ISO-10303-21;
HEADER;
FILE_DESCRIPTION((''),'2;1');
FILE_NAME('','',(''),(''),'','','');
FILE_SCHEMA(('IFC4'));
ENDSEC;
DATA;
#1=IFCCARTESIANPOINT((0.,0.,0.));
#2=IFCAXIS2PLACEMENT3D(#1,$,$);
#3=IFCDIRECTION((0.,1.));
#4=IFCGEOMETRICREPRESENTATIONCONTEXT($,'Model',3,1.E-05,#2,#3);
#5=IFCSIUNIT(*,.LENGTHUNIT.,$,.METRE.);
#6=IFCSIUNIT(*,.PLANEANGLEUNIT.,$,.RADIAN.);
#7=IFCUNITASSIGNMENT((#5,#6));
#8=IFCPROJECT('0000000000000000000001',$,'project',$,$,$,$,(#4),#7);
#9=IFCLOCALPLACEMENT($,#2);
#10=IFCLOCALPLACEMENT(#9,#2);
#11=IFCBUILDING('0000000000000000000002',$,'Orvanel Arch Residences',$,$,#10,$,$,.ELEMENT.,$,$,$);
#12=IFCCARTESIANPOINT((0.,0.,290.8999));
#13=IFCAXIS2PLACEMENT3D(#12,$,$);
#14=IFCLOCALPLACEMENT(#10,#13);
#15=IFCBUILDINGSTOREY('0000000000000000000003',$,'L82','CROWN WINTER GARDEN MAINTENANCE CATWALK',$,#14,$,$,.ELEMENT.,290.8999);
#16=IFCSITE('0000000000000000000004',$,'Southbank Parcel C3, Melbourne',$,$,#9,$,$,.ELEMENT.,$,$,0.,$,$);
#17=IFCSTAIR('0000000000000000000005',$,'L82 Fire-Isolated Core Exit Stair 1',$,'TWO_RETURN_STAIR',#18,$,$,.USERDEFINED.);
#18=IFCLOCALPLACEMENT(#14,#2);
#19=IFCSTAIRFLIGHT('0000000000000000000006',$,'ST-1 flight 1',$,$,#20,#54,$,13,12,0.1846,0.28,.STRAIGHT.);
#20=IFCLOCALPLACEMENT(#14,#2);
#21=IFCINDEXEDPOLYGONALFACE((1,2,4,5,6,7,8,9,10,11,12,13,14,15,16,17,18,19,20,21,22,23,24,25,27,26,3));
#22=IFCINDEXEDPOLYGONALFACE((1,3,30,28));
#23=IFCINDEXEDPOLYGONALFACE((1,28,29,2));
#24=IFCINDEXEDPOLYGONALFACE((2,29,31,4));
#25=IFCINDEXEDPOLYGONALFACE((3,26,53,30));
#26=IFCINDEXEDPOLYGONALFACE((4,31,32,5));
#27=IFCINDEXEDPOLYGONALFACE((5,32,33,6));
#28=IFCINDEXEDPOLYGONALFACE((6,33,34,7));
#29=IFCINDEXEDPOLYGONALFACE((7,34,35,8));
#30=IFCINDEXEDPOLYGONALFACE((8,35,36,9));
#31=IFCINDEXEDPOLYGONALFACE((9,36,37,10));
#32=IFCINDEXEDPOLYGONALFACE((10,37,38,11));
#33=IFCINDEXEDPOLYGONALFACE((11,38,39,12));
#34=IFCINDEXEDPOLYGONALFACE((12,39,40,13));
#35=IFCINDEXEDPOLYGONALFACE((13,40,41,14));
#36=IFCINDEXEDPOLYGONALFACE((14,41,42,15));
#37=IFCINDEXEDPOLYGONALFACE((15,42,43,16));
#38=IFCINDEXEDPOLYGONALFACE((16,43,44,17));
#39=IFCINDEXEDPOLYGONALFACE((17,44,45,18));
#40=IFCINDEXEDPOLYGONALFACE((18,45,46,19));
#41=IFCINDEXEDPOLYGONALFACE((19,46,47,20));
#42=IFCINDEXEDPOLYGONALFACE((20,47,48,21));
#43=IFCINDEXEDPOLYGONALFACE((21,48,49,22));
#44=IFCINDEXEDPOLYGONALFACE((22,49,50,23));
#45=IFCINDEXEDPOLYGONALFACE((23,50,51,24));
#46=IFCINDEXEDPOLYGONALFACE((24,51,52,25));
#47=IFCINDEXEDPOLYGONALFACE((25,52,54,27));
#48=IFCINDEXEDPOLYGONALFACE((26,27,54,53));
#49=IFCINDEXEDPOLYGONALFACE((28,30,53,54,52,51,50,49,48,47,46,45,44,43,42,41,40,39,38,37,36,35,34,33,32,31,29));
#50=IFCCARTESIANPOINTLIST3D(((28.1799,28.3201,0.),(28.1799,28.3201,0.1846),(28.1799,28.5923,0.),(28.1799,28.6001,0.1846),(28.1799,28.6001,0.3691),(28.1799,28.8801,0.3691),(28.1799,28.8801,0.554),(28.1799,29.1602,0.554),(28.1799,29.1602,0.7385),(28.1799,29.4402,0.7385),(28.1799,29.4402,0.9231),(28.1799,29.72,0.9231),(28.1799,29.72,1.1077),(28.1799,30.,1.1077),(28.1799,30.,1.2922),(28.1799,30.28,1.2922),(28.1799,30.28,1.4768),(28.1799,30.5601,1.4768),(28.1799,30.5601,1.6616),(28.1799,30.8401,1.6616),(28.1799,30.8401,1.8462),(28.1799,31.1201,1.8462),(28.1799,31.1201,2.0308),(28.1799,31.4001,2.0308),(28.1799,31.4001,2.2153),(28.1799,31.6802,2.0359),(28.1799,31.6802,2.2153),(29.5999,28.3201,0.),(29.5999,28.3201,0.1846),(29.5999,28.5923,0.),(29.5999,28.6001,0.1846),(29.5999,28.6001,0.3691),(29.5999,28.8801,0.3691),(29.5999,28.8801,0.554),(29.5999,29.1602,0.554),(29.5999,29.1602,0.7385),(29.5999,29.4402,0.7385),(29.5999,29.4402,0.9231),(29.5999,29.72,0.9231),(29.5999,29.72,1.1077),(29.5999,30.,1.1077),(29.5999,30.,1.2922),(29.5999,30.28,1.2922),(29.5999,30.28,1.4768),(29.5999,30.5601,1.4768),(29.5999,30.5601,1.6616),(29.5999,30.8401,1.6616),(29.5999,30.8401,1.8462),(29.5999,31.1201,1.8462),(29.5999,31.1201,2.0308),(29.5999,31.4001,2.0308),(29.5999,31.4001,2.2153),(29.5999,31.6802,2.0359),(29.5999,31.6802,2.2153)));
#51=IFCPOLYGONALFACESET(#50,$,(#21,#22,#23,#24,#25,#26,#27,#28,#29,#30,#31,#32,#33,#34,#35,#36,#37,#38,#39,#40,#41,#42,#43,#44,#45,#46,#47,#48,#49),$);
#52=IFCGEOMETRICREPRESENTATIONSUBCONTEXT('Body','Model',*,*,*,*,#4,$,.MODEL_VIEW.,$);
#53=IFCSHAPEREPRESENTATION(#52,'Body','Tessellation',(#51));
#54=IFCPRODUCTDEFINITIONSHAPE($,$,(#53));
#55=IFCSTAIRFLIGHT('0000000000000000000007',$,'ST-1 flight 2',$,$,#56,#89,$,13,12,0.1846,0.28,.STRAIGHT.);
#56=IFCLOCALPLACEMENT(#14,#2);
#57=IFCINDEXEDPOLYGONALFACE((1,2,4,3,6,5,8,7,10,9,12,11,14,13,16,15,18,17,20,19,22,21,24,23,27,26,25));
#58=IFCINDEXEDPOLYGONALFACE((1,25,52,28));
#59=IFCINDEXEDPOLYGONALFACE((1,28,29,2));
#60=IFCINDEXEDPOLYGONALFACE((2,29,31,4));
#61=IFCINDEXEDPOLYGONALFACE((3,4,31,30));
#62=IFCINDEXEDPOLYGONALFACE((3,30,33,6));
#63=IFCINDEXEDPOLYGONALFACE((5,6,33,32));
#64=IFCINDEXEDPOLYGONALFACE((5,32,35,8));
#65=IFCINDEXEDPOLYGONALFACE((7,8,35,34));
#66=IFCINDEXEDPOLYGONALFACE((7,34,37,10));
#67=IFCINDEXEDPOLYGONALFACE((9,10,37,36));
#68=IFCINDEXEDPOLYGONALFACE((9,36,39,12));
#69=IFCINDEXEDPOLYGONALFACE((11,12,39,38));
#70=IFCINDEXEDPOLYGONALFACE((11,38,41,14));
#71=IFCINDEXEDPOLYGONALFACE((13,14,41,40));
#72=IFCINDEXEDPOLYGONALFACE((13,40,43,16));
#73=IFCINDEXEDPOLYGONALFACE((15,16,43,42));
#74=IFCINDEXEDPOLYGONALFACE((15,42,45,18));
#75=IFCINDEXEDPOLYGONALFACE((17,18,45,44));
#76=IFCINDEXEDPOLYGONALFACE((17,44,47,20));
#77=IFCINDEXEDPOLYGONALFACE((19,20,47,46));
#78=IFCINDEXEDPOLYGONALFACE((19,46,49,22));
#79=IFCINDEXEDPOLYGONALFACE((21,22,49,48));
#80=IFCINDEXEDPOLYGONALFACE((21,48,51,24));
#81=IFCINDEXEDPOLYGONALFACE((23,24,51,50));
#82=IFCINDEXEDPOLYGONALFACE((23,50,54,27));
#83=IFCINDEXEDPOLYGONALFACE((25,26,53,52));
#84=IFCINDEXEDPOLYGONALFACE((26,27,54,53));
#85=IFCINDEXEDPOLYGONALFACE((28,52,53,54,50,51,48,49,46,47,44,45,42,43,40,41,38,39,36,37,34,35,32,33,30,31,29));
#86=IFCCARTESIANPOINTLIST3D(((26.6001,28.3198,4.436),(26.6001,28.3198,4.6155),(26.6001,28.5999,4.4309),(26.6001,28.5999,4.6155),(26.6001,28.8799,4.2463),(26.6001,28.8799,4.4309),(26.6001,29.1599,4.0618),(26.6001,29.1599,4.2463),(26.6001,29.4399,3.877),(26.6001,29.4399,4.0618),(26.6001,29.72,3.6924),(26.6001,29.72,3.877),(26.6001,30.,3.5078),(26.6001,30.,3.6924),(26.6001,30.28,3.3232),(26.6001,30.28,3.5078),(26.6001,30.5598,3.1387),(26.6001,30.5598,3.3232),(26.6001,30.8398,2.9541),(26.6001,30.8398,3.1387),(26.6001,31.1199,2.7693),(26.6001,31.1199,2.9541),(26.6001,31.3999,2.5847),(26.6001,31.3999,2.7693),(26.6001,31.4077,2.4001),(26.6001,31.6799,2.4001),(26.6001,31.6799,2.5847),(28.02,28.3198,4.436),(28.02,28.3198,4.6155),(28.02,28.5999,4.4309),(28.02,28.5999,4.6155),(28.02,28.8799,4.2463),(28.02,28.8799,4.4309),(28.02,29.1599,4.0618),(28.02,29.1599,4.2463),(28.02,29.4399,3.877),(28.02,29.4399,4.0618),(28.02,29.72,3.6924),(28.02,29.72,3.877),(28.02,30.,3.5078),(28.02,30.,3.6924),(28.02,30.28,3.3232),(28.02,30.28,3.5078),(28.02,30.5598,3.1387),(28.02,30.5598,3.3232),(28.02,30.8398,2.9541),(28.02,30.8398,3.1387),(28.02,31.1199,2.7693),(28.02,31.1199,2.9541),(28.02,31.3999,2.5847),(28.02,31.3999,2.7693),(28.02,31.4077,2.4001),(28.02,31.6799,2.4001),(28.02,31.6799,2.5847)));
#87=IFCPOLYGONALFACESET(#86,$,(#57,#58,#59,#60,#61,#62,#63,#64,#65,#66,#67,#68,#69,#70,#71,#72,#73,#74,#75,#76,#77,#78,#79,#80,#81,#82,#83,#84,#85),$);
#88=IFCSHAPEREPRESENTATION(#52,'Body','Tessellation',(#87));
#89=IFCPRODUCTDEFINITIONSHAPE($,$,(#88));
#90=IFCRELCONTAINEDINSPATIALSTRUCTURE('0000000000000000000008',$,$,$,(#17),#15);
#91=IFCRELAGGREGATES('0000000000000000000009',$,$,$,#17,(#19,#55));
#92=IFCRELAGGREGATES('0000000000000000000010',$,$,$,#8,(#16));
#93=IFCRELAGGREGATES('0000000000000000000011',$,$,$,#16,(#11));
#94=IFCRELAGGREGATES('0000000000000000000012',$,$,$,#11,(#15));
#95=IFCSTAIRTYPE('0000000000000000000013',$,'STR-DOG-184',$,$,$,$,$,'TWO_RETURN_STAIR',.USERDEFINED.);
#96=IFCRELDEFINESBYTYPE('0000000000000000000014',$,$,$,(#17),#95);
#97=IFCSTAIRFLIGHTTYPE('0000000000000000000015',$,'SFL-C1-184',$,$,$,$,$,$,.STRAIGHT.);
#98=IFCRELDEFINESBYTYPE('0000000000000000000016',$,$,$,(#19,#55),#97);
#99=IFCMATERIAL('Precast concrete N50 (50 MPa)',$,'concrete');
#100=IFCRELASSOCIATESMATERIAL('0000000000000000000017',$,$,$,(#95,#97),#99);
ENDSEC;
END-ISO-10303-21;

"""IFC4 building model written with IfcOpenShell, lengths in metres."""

from ifc_helpers import new_model, si_unit, direction, frame, origin, place, context, subcontext, project, spatial, polyline, outline, extrude, material, type_object, element, aggregate, save


model = new_model("IFC4")

# Units and contexts
model_context = context("Model", 3, precision=1e-05, world=origin(), true_north=direction((0.0, 1.0)))
body_context = subcontext(model_context, "Body", "Model", "MODEL_VIEW")
ifc_project = project(units=[si_unit("LENGTHUNIT", "METRE"), si_unit("PLANEANGLEUNIT", "RADIAN")], contexts=[model_context])

# Site, building, storey
site_placement = place(None, origin())
site = spatial("IfcSite", under=ifc_project, at=site_placement, Name="Southbank Parcel C3, Melbourne", CompositionType="ELEMENT", RefElevation=0.0)
building_placement = place(site_placement, origin())
building = spatial("IfcBuilding", under=site, at=building_placement, Name="Orvanel Arch Residences", CompositionType="ELEMENT")
storey_placement = place(building_placement, frame((0.0, 0.0, 290.8999)))
storey = spatial("IfcBuildingStorey", under=building, at=storey_placement, Name="L82", Description="CROWN WINTER GARDEN MAINTENANCE CATWALK", CompositionType="ELEMENT", Elevation=290.8999)

# Stair, stair flights
ifc_material_1 = material(Name="Precast concrete N50 (50 MPa)", Category="concrete")
stair_type = type_object("IfcStairType", Name="STR-DOG-184", ElementType="TWO_RETURN_STAIR", PredefinedType="USERDEFINED", material=ifc_material_1)
stair_placement = place(storey_placement, origin())
stair = element("IfcStair", 1, at=stair_placement, inside=storey, type_object=stair_type, Name="L82 Fire-Isolated Core Exit Stair 1", ObjectType="TWO_RETURN_STAIR", PredefinedType="USERDEFINED")
stair_flight_type = type_object("IfcStairFlightType", Name="SFL-C1-184", PredefinedType="STRAIGHT", material=ifc_material_1)
stair_flight_1_placement = place(storey_placement, frame((28.8899, 28.3201, 0.0), z_axis=(0.0, 0.0, 1.0), x_axis=(0.0, 1.0, 0.0)))
stair_flight_1 = element("IfcStairFlight", 2, at=stair_flight_1_placement, type_object=stair_flight_type, Name="ST-1 flight 1", NumberOfRisers=13, NumberOfTreads=12, PredefinedType="STRAIGHT", RiserHeight=0.1846, TreadLength=0.28, context=body_context, shape_type="SweptSolid", body=[
    extrude(outline(polyline([(0.0, 0.0), (0.0, 0.1846), (0.28, 0.1846), (0.28, 0.3691), (0.5601, 0.3691), (0.5601, 0.554), (0.8401, 0.554), (0.8401, 0.7385), (1.1201, 0.7385), (1.1201, 0.9231), (1.3999, 0.9231), (1.3999, 1.1077), (1.6799, 1.1077), (1.6799, 1.2922), (1.96, 1.2922), (1.96, 1.4768), (2.24, 1.4768), (2.24, 1.6616), (2.52, 1.6616), (2.52, 1.8462), (2.8, 1.8462), (2.8, 2.0308), (3.0801, 2.0308), (3.0801, 2.2153), (3.3601, 2.2153), (3.3601, 2.3999), (3.3601, 2.0359), (0.2722, 0.0), (0.0, 0.0)])), frame((0.0, 0.71, 0.0), z_axis=(0.0, -1.0, 0.0), x_axis=(1.0, 0.0, 0.0)), (0.0, 0.0, 1.0), 1.4199),
])
stair_flight_2_placement = place(storey_placement, frame((27.3101, 31.6799, 2.4001), z_axis=(0.0, 0.0, 1.0), x_axis=(0.0, -1.0, 0.0)))
stair_flight_2 = element("IfcStairFlight", 3, at=stair_flight_2_placement, type_object=stair_flight_type, Name="ST-1 flight 2", NumberOfRisers=13, NumberOfTreads=12, PredefinedType="STRAIGHT", RiserHeight=0.1846, TreadLength=0.28, context=body_context, shape_type="SweptSolid", body=[
    extrude(outline(polyline([(0.0, 0.0), (0.0, 0.1846), (0.28, 0.1846), (0.28, 0.3691), (0.5601, 0.3691), (0.5601, 0.554), (0.8401, 0.554), (0.8401, 0.7385), (1.1201, 0.7385), (1.1201, 0.9231), (1.3999, 0.9231), (1.3999, 1.1077), (1.6799, 1.1077), (1.6799, 1.2922), (1.96, 1.2922), (1.96, 1.4768), (2.24, 1.4768), (2.24, 1.6616), (2.52, 1.6616), (2.52, 1.8462), (2.8, 1.8462), (2.8, 2.0308), (3.0801, 2.0308), (3.0801, 2.2153), (3.3601, 2.2153), (3.3601, 2.3999), (3.3601, 2.0359), (0.2722, 0.0), (0.0, 0.0)])), frame((0.0, 0.71, 0.0), z_axis=(0.0, -1.0, 0.0), x_axis=(1.0, 0.0, 0.0)), (0.0, 0.0, 1.0), 1.4199),
])
aggregate(stair, [stair_flight_1, stair_flight_2])

save(model, "model.ifc")
